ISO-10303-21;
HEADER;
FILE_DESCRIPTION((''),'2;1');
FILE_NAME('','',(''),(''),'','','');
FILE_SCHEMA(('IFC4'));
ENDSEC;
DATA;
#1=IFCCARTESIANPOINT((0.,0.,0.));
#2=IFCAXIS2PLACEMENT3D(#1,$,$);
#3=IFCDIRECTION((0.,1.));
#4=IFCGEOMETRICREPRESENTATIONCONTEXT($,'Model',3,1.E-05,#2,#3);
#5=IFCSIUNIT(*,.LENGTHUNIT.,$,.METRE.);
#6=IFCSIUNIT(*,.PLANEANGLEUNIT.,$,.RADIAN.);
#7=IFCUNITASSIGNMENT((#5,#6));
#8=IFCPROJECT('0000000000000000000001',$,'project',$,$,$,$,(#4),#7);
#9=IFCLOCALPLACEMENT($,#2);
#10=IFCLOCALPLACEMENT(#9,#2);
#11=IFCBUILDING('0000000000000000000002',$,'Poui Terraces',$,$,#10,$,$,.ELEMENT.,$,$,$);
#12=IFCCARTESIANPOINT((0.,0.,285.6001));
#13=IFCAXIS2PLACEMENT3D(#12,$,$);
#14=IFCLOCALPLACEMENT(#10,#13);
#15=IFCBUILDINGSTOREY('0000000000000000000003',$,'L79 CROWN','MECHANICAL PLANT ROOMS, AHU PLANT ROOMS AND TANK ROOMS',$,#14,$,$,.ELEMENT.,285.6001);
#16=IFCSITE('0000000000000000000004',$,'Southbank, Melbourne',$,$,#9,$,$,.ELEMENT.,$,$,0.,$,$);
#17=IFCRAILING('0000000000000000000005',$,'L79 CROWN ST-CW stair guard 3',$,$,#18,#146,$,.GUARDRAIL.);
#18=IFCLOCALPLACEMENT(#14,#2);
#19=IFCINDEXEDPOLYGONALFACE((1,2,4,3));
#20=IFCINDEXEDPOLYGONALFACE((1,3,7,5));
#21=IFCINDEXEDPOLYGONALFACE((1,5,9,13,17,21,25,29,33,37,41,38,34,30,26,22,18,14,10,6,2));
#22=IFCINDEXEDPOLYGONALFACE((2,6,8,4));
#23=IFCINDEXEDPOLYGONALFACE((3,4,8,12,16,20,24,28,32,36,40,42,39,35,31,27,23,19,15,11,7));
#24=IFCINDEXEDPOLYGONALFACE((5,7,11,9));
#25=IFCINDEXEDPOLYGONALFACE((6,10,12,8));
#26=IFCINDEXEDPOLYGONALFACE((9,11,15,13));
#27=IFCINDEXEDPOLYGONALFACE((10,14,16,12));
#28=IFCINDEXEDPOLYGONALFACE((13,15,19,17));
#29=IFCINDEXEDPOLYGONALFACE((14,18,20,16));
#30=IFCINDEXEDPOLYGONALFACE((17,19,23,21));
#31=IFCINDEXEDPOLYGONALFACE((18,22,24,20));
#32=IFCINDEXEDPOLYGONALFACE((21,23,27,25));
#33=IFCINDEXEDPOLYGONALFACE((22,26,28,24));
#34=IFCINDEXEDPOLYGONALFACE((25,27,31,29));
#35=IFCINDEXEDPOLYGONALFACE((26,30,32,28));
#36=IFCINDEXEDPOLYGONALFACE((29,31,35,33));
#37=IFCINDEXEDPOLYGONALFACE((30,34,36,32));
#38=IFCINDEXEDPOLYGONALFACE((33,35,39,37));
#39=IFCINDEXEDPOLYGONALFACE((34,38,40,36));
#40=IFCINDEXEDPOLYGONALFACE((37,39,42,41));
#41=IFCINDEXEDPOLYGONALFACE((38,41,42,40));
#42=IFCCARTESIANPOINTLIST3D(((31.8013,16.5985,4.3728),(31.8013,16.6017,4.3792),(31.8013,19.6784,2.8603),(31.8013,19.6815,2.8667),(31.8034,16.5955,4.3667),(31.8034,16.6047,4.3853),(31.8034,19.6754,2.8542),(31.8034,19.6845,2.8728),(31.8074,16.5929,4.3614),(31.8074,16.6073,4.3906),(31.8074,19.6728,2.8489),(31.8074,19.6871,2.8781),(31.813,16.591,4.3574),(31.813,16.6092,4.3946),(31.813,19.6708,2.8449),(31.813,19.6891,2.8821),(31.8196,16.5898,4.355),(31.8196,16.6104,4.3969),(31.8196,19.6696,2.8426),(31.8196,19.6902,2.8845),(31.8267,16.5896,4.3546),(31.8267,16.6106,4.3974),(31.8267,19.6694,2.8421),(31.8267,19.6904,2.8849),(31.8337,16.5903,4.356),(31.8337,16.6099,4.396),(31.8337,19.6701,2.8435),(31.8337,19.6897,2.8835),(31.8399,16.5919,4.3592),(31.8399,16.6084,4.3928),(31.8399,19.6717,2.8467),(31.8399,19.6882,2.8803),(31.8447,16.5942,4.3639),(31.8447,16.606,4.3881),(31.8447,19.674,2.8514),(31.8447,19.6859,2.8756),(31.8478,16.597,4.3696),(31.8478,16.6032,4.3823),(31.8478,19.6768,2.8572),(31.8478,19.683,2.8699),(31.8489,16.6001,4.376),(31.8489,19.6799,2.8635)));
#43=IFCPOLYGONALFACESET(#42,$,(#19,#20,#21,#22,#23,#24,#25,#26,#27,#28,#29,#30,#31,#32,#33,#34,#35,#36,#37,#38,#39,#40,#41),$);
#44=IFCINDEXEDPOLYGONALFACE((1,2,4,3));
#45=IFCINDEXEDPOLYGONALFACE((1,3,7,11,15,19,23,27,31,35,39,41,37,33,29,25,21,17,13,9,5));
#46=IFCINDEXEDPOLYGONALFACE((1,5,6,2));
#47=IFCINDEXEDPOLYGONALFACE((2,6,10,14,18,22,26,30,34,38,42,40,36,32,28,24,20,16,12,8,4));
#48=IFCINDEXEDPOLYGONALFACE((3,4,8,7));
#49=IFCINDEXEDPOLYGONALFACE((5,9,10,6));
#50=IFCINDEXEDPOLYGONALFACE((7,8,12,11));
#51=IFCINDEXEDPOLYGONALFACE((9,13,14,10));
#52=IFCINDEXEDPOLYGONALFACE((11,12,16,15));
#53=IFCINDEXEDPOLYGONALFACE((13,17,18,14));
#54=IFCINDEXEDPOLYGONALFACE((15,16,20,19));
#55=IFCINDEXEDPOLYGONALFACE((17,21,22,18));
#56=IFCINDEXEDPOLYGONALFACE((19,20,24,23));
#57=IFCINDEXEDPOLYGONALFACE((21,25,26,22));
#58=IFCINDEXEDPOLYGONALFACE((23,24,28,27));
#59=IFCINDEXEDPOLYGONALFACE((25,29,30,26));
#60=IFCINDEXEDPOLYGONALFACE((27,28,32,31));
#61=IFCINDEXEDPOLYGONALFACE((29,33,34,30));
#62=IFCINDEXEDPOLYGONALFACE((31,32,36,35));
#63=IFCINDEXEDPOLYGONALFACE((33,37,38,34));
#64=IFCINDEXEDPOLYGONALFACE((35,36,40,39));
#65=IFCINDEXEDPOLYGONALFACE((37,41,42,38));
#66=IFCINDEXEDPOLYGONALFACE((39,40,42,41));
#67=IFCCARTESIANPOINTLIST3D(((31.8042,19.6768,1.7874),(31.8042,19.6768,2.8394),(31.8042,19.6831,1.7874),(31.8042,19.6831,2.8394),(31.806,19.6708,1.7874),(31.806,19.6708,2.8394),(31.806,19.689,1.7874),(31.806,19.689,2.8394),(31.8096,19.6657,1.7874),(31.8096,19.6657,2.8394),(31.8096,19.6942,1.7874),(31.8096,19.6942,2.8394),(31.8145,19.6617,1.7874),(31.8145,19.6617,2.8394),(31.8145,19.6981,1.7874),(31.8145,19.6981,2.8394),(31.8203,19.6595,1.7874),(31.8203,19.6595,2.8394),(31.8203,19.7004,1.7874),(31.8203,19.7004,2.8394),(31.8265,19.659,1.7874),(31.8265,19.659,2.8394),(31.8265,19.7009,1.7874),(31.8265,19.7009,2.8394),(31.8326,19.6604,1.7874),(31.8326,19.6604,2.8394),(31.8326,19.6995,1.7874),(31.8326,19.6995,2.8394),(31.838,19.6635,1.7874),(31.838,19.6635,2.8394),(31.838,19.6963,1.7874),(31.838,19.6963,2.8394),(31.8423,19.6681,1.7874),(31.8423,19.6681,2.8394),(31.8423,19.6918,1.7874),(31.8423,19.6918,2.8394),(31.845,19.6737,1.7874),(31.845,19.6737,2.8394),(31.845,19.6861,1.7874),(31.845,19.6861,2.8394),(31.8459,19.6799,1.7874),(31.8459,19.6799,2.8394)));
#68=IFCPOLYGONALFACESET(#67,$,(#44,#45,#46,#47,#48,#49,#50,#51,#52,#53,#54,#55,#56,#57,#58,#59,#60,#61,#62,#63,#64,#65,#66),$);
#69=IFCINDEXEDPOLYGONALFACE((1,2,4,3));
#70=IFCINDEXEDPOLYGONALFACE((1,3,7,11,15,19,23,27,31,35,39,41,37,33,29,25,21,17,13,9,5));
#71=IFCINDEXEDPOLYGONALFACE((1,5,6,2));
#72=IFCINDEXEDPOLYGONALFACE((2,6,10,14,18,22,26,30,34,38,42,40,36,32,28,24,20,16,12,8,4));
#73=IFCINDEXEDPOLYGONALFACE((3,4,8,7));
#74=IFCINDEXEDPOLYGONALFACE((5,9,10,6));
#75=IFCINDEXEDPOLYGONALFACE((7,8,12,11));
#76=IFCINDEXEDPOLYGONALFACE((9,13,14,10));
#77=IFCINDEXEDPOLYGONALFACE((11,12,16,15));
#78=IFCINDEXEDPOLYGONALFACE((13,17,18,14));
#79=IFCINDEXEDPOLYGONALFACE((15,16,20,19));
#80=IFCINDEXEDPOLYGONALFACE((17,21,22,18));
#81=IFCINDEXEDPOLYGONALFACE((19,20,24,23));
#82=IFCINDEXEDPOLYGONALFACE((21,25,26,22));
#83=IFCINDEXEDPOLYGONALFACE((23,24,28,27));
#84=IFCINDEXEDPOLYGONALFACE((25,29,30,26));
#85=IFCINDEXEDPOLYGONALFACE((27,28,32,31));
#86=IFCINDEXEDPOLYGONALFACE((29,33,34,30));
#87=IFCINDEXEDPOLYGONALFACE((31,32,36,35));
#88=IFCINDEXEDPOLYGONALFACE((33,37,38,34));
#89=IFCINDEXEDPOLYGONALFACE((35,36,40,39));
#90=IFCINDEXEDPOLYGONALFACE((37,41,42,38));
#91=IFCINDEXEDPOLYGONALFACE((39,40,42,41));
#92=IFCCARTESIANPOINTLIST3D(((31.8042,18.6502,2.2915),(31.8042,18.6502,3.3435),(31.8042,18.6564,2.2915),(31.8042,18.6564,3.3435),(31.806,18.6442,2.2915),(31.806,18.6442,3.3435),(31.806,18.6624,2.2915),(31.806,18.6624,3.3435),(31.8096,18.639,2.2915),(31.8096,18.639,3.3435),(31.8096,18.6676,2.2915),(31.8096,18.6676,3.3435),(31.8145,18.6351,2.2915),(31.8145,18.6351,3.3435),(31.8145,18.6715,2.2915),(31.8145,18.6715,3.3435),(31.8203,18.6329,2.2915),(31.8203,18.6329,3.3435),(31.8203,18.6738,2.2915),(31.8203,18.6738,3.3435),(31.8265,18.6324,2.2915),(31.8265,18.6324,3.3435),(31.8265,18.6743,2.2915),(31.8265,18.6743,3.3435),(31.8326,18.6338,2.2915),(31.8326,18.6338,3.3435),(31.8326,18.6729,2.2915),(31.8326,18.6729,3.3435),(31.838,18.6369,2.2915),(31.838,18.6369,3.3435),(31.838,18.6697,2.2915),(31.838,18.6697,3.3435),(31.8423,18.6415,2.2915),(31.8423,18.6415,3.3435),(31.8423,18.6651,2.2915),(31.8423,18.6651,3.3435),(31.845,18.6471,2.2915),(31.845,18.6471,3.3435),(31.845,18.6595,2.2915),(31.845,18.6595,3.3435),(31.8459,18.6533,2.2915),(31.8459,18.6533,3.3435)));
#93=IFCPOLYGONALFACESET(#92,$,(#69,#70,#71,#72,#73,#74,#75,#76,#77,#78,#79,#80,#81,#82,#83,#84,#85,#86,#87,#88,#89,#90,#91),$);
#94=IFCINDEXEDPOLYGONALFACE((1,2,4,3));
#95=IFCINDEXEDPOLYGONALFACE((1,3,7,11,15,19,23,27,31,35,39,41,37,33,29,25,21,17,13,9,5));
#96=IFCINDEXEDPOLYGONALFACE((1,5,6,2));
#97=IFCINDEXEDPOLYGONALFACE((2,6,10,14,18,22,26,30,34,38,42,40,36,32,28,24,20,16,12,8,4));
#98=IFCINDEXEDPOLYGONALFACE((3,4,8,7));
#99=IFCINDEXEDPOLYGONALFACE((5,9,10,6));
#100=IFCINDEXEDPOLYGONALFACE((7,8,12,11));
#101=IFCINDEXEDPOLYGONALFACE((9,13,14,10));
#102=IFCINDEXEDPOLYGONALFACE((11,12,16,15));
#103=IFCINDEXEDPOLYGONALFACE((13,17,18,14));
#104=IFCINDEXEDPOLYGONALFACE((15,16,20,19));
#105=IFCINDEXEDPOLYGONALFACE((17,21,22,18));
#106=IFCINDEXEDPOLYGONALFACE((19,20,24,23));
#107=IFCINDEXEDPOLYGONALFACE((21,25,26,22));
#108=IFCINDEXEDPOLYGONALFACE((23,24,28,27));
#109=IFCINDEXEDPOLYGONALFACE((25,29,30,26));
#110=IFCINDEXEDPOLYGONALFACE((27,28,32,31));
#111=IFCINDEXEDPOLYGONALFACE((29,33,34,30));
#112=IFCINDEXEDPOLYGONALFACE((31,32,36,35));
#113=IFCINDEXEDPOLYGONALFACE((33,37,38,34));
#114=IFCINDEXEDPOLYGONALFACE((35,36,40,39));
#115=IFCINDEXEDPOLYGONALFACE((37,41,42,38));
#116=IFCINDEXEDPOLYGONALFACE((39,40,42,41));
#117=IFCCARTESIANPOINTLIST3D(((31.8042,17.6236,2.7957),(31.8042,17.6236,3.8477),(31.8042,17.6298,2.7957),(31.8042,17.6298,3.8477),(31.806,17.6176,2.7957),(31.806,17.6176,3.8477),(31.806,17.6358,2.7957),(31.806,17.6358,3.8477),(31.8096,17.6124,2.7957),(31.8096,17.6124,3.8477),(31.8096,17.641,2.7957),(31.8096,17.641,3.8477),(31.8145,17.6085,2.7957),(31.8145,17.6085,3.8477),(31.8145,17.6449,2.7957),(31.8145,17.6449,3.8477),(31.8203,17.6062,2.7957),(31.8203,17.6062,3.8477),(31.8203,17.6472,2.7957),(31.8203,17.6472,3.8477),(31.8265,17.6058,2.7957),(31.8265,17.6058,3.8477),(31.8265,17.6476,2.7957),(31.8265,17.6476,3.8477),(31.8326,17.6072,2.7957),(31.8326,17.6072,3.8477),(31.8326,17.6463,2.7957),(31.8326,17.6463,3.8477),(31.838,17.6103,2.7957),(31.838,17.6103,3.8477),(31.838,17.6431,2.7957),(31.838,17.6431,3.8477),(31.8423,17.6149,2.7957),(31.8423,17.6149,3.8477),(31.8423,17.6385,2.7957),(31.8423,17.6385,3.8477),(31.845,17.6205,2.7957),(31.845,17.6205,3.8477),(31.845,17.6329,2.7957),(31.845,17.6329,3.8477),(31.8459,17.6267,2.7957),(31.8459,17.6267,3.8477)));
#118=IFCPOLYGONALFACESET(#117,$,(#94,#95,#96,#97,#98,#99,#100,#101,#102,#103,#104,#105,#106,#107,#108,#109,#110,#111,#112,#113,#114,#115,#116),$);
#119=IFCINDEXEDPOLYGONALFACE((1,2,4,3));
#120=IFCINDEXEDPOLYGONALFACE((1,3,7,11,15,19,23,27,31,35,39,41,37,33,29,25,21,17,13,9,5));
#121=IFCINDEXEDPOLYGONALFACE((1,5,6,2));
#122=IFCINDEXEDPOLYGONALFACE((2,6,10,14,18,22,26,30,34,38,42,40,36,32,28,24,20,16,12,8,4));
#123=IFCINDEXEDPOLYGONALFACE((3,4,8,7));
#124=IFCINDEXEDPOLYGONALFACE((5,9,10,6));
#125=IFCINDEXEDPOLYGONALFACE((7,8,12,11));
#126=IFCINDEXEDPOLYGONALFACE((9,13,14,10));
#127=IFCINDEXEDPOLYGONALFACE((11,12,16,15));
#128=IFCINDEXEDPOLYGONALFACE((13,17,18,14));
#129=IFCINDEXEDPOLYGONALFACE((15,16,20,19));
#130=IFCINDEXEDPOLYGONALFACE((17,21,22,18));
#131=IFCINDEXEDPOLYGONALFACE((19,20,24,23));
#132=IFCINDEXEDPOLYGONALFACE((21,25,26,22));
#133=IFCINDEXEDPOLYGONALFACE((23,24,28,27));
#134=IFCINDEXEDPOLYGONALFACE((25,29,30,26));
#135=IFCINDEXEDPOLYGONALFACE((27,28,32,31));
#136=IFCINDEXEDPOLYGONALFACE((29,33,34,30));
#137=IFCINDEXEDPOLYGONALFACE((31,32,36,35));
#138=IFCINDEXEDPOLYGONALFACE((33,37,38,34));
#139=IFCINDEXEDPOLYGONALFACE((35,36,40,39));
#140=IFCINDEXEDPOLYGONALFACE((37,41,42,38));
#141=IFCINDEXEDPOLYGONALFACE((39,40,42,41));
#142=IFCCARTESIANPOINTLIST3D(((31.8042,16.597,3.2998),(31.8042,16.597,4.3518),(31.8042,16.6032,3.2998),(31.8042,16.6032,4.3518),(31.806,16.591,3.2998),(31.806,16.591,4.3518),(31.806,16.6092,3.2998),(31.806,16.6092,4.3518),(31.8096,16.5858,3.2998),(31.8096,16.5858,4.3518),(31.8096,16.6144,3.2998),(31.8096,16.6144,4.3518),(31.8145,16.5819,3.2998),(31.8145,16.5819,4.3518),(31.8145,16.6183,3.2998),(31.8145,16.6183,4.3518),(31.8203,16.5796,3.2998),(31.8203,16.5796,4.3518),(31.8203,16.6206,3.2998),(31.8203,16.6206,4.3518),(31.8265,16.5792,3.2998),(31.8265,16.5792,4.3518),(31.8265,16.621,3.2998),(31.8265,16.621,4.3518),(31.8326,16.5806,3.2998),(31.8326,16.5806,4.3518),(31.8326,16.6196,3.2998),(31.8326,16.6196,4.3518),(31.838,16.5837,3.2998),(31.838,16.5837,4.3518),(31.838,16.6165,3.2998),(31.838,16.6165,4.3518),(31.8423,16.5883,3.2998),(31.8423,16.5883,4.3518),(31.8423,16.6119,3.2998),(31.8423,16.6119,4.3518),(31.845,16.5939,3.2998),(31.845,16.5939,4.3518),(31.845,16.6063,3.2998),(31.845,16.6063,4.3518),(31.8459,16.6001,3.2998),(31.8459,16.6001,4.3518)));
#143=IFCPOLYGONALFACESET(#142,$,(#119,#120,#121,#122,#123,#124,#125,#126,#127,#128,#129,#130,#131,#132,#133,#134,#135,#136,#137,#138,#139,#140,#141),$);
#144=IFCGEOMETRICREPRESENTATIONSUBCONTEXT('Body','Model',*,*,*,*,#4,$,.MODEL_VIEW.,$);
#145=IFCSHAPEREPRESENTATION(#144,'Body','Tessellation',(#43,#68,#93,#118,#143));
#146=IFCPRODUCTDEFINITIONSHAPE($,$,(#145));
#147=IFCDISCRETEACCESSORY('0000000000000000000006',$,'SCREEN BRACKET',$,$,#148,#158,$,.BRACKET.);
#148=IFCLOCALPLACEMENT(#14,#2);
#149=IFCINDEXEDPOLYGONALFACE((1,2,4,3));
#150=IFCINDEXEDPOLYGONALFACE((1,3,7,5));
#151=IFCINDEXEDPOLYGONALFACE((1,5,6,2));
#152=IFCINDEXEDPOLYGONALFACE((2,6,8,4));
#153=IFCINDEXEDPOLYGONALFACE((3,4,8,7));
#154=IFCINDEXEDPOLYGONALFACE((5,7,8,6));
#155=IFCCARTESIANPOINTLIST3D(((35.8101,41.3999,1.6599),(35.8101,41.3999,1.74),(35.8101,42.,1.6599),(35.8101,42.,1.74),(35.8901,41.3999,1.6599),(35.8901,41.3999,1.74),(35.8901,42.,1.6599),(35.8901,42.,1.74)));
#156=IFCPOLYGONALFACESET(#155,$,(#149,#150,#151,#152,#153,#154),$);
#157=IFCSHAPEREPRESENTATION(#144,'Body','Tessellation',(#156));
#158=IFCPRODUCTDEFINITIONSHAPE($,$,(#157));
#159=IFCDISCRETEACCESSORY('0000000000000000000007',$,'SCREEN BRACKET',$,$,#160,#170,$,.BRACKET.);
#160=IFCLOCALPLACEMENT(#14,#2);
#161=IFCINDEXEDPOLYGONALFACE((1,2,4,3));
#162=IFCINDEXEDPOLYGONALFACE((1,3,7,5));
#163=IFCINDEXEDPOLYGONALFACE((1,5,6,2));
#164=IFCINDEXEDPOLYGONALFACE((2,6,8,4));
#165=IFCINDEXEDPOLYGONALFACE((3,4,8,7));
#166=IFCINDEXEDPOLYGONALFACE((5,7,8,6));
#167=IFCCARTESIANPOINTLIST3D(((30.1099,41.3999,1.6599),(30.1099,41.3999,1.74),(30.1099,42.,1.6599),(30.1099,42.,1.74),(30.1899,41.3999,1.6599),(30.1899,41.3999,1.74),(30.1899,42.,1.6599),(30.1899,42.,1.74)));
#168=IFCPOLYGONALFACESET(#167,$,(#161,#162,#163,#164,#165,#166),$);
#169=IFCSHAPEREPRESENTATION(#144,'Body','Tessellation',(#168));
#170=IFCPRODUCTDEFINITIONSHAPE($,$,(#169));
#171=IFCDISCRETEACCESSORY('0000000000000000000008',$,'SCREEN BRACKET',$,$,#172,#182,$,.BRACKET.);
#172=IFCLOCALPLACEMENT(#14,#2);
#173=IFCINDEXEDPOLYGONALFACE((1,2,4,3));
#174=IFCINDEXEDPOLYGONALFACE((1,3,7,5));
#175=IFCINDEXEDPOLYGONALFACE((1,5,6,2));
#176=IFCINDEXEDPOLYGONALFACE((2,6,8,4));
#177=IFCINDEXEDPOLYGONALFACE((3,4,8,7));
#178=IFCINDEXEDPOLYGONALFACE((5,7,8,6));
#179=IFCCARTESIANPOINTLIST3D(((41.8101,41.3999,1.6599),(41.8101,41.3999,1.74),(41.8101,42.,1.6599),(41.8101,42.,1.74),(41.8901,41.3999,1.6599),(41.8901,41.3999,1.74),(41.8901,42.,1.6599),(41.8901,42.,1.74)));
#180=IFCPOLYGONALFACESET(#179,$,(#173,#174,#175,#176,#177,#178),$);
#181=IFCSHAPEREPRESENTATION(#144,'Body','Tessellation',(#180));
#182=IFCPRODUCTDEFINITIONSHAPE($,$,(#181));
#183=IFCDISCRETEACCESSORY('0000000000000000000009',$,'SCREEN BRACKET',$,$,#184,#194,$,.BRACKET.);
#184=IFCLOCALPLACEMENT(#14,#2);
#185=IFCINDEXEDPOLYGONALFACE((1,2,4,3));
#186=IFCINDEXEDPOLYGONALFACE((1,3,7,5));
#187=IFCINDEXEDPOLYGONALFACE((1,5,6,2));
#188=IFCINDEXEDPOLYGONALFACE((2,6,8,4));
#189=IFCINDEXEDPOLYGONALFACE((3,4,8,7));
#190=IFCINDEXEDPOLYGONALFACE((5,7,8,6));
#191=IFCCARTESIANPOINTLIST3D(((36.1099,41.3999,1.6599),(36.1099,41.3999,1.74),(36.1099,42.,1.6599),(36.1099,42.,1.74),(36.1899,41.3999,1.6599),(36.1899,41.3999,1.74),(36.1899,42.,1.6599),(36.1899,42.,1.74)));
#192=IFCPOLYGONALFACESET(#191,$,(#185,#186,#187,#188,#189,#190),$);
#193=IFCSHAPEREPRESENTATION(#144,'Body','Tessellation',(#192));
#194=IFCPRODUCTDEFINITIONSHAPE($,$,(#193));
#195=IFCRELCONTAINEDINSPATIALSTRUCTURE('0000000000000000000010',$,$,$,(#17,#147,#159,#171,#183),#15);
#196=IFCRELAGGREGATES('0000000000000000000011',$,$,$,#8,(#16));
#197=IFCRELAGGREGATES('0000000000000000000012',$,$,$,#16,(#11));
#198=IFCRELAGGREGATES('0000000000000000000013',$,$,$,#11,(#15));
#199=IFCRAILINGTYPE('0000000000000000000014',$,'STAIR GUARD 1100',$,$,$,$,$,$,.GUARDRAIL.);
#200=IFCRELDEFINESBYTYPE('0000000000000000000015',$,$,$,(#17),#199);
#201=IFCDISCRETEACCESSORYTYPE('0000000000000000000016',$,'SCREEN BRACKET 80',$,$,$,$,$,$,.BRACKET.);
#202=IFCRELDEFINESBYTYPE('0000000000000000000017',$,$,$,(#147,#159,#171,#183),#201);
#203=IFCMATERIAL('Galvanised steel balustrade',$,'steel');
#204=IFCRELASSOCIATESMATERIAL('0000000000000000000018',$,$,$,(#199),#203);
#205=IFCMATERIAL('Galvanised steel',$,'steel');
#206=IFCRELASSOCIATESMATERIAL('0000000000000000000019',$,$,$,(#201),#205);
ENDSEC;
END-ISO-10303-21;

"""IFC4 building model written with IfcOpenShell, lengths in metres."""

from ifc_helpers import new_model, si_unit, direction, frame, origin, origin_2d, place, context, subcontext, project, spatial, rectangle, circle, extrude, source, transform, mapped, material, material_profile, profile_set, type_object, element, save


model = new_model("IFC4")

# Units and contexts
model_context = context("Model", 3, precision=1e-05, world=origin(), true_north=direction((0.0, 1.0)))
body_context = subcontext(model_context, "Body", "Model", "MODEL_VIEW")
ifc_project = project(units=[si_unit("LENGTHUNIT", "METRE"), si_unit("PLANEANGLEUNIT", "RADIAN")], contexts=[model_context])

# Site, building, storey
site_placement = place(None, origin())
site = spatial("IfcSite", under=ifc_project, at=site_placement, Name="Southbank, Melbourne", CompositionType="ELEMENT", RefElevation=0.0)
building_placement = place(site_placement, origin())
building = spatial("IfcBuilding", under=site, at=building_placement, Name="Poui Terraces", CompositionType="ELEMENT")
storey_placement = place(building_placement, frame((0.0, 0.0, 285.6001)))
storey = spatial("IfcBuildingStorey", under=building, at=storey_placement, Name="L79 CROWN", Description="MECHANICAL PLANT ROOMS, AHU PLANT ROOMS AND TANK ROOMS", CompositionType="ELEMENT", Elevation=285.6001)

# Railing
ifc_material_1 = material(Name="Galvanised steel balustrade", Category="steel")
railing_type = type_object("IfcRailingType", Name="STAIR GUARD 1100", PredefinedType="GUARDRAIL", material=ifc_material_1)
railing_1_placement = place(storey_placement, frame((31.825, 19.6799, 1.7874)))
element("IfcRailing", 1, at=railing_1_placement, inside=storey, type_object=railing_type, Name="L79 CROWN ST-CW stair guard 3", PredefinedType="GUARDRAIL", context=body_context, shape_type="SweptSolid", body=[
    extrude(circle(Radius=0.0239, at=origin_2d()), frame((0.0, 0.0, 1.0762), z_axis=(0.0, -0.897606, 0.440798), x_axis=(1.0, 0.0, 0.0)), (0.0, 0.0, 1.0), 3.4312),
    extrude(circle(Radius=0.021, at=origin_2d()), origin(), (0.0, 0.0, 1.0), 1.052),
    extrude(circle(Radius=0.021, at=origin_2d()), frame((0.0, -1.0266, 0.5042)), (0.0, 0.0, 1.0), 1.052),
    extrude(circle(Radius=0.021, at=origin_2d()), frame((0.0, -2.0532, 1.0083)), (0.0, 0.0, 1.0), 1.052),
    extrude(circle(Radius=0.021, at=origin_2d()), frame((0.0, -3.0798, 1.5125)), (0.0, 0.0, 1.0), 1.052),
])

# Discrete accessories
ifc_material_2 = material(Name="Galvanised steel", Category="steel")
ifc_material_profile_1 = material_profile(ifc_material_2, rectangle(XDim=0.0801, YDim=0.0801, at=origin_2d()), Name="SCREEN BRACKET 80")
ifc_profile_set_1 = profile_set([ifc_material_profile_1], Name="Galvanised steel")
discrete_accessory_type = type_object("IfcDiscreteAccessoryType", Name="SCREEN BRACKET 80", PredefinedType="BRACKET", material=ifc_profile_set_1)
shared_shape_1 = source(origin(), body_context, "Body", "SweptSolid", [
    extrude(rectangle(XDim=0.0801, YDim=0.0801, at=origin_2d()), origin(), (0.0, 0.0, 1.0), 0.6001),
])
for number, where, z_axis, x_axis, name in (
    (2, (35.8501, 41.3999, 1.7), (0.0, 1.0, 0.0), (-1.0, 0.0, 0.0), "SCREEN BRACKET"),
    (3, (30.1499, 41.3999, 1.7), (0.0, 1.0, 0.0), (-1.0, 0.0, 0.0), "SCREEN BRACKET"),
    (4, (41.8501, 41.3999, 1.7), (0.0, 1.0, 0.0), (-1.0, 0.0, 0.0), "SCREEN BRACKET"),
    (5, (36.1499, 41.3999, 1.7), (0.0, 1.0, 0.0), (-1.0, 0.0, 0.0), "SCREEN BRACKET"),
):
    element("IfcDiscreteAccessory", number, at=place(storey_placement, frame(where, z_axis=z_axis, x_axis=x_axis)), inside=storey, type_object=discrete_accessory_type, Name=name, PredefinedType="BRACKET", context=body_context, shape_type="MappedRepresentation", body=[
        mapped(shared_shape_1, transform((0.0, 0.0, 0.0))),
    ])

save(model, "model.ifc")
